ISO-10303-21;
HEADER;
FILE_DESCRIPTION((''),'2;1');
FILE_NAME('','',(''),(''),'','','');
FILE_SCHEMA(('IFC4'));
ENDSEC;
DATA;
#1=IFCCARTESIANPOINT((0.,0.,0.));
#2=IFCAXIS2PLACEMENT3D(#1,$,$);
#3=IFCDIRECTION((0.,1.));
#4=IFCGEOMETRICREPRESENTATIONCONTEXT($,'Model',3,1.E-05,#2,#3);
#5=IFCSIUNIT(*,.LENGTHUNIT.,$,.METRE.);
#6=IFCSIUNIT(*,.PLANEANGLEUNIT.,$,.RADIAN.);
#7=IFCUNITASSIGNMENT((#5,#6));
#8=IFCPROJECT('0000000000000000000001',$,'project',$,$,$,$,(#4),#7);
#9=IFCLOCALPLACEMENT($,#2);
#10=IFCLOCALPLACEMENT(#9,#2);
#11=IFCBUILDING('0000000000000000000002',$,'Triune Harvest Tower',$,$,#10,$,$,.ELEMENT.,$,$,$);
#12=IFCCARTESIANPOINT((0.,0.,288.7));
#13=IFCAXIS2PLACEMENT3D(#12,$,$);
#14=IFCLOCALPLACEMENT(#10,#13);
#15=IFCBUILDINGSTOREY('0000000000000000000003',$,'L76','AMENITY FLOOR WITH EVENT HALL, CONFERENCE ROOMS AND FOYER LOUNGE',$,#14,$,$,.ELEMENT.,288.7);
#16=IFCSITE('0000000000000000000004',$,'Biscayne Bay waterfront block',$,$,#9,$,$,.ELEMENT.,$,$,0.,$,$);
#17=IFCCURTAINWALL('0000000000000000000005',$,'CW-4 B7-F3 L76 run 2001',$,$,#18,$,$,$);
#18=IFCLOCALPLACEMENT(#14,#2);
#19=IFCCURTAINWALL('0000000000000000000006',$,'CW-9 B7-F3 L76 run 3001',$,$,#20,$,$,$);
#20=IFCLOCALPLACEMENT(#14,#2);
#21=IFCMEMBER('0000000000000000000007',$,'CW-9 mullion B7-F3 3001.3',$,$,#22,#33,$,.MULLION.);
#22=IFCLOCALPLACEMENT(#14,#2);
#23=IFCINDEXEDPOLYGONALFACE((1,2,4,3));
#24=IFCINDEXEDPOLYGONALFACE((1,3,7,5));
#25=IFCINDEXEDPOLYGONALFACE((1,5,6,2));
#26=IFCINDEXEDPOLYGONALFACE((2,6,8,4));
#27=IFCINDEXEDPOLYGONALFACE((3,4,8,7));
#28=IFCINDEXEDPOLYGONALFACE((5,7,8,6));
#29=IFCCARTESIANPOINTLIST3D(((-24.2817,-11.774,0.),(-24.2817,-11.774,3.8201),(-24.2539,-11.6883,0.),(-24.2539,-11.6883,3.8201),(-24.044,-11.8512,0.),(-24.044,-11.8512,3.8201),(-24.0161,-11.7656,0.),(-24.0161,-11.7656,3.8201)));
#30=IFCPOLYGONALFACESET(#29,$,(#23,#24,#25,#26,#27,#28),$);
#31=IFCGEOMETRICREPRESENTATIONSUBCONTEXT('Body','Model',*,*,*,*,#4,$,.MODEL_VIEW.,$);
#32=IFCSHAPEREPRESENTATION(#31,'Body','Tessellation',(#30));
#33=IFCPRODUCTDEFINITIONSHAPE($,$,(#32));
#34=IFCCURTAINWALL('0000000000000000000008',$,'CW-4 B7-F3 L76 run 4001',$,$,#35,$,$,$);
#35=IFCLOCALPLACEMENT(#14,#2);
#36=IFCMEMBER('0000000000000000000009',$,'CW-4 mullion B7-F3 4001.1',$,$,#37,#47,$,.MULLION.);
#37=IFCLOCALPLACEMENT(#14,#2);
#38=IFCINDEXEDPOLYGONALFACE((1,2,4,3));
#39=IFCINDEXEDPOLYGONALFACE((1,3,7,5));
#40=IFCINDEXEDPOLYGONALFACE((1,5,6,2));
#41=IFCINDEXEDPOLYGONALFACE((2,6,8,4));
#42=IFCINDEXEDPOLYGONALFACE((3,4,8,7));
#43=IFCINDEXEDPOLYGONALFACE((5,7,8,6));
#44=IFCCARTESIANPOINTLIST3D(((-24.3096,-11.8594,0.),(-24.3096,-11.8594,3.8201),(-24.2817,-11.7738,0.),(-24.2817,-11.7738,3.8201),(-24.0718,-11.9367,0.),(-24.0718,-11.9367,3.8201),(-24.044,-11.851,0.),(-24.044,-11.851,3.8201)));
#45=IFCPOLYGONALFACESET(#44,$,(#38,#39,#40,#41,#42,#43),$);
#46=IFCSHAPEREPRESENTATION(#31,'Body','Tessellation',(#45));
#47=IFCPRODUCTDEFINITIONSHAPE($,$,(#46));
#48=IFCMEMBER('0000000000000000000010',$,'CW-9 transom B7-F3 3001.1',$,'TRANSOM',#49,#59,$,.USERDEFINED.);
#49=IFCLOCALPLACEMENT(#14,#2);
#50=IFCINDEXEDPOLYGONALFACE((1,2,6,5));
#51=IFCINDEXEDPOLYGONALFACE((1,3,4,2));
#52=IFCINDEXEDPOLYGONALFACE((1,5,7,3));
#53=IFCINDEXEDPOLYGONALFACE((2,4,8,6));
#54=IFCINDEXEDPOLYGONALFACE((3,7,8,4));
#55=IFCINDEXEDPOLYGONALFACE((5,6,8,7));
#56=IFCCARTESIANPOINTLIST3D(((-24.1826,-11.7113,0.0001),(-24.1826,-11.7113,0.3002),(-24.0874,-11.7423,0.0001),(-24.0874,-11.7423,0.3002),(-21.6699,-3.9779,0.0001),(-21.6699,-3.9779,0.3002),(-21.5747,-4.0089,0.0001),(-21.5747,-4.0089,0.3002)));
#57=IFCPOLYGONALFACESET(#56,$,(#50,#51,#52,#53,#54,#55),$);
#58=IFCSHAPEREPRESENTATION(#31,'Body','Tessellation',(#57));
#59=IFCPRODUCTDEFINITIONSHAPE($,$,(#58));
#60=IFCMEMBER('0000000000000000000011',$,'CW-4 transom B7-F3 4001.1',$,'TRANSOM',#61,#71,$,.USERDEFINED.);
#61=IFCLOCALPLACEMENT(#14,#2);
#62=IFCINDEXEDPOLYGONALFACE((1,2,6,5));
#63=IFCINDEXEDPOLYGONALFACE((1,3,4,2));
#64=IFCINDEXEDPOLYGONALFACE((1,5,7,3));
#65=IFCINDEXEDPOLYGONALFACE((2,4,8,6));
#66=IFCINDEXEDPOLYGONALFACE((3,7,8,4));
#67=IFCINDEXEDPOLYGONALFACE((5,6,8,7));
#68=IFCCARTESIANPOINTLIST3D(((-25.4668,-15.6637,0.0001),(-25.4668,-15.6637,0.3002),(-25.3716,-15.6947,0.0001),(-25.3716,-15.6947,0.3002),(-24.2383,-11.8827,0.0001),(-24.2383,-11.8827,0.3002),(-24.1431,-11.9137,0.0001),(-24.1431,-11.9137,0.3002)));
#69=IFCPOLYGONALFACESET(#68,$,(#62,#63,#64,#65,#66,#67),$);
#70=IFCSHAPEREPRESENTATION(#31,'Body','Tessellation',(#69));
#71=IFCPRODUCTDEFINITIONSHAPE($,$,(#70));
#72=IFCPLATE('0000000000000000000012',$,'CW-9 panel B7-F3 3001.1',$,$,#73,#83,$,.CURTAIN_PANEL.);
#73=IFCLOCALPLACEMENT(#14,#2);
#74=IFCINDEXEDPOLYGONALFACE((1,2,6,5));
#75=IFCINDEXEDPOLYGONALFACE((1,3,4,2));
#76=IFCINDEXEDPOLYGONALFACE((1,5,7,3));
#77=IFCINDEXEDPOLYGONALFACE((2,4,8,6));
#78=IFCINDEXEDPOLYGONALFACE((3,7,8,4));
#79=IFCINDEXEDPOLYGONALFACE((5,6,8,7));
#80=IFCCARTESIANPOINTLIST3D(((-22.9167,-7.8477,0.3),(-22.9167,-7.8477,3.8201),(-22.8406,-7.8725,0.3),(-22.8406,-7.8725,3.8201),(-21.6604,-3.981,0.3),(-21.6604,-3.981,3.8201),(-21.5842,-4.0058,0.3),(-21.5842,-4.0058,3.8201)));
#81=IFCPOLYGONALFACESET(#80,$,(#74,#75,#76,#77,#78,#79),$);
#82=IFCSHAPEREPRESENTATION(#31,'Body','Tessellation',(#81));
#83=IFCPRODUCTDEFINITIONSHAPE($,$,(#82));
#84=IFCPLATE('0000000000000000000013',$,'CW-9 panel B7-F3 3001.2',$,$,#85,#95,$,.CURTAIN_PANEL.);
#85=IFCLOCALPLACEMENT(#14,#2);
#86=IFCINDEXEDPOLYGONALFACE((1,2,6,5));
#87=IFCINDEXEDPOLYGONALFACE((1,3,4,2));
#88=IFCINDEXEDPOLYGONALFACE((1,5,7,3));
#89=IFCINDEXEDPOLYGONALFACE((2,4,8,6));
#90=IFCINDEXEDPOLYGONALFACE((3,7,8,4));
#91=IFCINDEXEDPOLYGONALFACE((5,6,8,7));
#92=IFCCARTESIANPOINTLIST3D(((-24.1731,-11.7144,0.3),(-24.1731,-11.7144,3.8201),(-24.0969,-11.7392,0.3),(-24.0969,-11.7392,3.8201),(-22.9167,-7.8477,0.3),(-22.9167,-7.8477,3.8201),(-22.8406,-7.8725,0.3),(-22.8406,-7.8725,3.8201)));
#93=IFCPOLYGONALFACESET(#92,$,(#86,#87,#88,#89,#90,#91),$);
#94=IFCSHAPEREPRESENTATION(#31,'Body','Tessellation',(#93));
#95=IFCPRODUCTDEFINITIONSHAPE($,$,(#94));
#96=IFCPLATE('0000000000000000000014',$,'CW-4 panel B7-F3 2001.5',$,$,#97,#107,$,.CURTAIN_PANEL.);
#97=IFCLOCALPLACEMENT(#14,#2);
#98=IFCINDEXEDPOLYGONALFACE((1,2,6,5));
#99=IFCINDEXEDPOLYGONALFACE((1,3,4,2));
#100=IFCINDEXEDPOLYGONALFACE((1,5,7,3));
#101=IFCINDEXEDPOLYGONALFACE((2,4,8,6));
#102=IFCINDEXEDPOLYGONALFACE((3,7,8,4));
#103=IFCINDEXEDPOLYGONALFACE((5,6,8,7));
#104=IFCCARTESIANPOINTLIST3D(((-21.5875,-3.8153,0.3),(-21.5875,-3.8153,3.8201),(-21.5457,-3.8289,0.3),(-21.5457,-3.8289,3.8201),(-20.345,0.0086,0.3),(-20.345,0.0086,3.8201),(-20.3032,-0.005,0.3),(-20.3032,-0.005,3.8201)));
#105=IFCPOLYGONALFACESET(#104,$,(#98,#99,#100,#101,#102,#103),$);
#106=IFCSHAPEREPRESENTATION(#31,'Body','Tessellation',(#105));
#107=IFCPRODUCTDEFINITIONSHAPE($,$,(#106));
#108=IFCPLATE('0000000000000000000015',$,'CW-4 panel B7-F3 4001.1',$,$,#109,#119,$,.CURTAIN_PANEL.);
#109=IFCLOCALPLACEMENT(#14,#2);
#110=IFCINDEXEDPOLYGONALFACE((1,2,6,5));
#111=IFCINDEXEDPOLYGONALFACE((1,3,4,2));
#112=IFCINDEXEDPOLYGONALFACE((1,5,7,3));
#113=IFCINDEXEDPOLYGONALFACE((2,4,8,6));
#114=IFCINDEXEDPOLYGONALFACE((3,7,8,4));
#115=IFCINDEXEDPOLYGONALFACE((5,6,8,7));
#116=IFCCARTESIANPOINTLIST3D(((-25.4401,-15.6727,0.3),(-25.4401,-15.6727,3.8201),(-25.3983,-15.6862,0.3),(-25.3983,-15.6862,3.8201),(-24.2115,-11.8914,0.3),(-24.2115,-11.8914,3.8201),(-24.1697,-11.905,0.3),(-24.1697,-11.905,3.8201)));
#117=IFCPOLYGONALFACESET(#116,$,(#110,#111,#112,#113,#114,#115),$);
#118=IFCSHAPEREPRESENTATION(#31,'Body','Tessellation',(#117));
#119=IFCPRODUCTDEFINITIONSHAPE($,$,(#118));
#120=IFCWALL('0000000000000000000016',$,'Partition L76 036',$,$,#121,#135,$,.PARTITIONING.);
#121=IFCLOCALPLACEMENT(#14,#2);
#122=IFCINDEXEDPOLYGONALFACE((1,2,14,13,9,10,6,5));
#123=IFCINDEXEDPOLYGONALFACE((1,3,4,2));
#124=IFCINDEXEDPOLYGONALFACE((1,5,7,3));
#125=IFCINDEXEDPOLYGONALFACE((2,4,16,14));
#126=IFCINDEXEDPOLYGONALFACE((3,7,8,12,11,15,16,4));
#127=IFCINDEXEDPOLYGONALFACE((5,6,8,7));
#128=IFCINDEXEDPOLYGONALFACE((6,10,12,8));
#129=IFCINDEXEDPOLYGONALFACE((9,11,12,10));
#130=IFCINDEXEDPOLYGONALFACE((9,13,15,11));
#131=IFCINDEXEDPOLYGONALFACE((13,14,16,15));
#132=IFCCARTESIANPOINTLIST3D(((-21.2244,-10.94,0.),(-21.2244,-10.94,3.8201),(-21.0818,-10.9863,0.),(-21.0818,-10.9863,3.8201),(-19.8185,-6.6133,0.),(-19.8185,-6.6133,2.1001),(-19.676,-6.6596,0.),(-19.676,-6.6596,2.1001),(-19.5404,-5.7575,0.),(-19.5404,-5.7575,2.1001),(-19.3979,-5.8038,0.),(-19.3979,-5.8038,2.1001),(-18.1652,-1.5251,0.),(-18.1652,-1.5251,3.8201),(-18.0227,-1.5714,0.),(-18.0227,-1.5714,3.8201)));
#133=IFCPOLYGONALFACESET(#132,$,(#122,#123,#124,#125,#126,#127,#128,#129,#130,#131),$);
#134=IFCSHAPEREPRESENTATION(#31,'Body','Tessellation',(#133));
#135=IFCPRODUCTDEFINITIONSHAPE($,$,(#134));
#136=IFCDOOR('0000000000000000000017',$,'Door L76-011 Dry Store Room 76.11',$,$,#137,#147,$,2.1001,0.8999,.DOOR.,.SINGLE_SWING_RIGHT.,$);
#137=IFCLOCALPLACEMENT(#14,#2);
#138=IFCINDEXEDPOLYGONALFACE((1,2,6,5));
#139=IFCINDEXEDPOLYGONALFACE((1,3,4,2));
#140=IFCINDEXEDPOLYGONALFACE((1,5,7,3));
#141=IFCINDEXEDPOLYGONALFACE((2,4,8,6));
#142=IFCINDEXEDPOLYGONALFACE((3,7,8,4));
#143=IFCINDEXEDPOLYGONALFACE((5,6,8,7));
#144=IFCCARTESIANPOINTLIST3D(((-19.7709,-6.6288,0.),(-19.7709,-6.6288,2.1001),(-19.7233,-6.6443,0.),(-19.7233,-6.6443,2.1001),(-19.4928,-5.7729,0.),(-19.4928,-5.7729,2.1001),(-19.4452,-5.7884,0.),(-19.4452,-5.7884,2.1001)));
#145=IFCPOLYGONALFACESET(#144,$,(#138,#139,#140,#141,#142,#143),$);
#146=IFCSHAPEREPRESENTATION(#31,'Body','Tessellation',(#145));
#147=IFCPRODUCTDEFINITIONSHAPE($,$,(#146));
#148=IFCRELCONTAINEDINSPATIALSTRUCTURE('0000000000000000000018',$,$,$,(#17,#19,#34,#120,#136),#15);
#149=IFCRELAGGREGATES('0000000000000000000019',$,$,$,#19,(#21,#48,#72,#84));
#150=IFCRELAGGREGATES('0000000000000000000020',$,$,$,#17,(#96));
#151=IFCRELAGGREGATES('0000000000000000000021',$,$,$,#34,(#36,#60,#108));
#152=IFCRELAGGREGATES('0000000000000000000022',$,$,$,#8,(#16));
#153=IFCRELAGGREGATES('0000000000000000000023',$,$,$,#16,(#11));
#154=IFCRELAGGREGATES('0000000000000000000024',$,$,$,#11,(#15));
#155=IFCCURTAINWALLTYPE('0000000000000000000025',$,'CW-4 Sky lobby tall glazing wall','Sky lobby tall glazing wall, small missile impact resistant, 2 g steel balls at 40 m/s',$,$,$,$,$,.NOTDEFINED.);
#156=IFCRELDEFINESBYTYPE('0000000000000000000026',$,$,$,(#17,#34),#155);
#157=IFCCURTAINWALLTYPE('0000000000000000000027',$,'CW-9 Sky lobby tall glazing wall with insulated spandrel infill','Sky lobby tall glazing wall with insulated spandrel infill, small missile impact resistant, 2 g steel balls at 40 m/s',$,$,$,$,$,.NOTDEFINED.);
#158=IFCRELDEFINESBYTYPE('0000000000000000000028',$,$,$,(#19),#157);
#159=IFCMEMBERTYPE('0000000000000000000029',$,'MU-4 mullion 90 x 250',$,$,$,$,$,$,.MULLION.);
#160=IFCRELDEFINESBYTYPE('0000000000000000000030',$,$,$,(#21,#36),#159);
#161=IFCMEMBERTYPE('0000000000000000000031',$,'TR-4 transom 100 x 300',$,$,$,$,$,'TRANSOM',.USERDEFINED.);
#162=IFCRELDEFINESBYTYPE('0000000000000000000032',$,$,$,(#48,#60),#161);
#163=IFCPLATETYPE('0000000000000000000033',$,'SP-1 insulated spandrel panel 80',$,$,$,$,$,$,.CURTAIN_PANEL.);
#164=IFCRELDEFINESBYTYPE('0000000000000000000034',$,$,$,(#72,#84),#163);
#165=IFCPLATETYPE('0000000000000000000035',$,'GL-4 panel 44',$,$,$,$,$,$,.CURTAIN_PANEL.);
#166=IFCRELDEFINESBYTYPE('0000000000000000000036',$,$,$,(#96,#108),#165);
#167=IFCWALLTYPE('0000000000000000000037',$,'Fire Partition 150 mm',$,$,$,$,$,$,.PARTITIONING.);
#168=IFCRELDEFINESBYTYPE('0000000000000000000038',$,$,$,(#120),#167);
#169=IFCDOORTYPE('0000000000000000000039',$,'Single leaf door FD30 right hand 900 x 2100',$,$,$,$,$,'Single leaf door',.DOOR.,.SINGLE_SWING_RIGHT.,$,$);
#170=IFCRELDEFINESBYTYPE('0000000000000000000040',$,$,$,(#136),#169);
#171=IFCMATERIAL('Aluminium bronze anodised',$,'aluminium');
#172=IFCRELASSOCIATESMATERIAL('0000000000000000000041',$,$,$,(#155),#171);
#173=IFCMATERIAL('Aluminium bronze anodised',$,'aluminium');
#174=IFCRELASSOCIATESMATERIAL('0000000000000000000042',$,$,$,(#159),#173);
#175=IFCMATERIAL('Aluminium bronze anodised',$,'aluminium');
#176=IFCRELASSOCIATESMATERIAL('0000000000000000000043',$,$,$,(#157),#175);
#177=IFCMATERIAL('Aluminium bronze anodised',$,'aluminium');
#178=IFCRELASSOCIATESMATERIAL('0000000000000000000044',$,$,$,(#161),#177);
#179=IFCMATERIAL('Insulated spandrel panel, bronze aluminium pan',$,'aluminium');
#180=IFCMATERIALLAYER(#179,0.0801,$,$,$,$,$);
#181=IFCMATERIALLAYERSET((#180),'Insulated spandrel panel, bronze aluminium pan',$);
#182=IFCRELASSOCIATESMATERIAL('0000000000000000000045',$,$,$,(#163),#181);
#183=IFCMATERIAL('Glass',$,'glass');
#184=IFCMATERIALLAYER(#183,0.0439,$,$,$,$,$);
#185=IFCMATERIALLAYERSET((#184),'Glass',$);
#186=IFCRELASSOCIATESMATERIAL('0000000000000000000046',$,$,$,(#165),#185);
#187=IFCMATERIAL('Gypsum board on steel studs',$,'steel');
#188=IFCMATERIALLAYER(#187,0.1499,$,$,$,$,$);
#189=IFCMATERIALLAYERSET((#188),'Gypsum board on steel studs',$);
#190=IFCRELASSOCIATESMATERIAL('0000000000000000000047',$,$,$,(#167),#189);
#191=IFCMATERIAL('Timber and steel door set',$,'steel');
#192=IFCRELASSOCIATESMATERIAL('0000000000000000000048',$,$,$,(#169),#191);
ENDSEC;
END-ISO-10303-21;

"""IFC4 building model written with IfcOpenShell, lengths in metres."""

from ifc_helpers import new_model, si_unit, direction, frame, frame_2d, origin, origin_2d, place, context, subcontext, project, spatial, rectangle, extrude, source, transform, mapped, material, layer, layer_set, material_profile, profile_set, type_object, element, fill, aggregate, save


model = new_model("IFC4")

# Units and contexts
model_context = context("Model", 3, precision=1e-05, world=origin(), true_north=direction((0.0, 1.0)))
body_context = subcontext(model_context, "Body", "Model", "MODEL_VIEW")
ifc_project = project(units=[si_unit("LENGTHUNIT", "METRE"), si_unit("PLANEANGLEUNIT", "RADIAN")], contexts=[model_context])

# Site, building, storey
site_placement = place(None, origin())
site = spatial("IfcSite", under=ifc_project, at=site_placement, Name="Biscayne Bay waterfront block", CompositionType="ELEMENT", RefElevation=0.0)
building_placement = place(site_placement, origin())
building = spatial("IfcBuilding", under=site, at=building_placement, Name="Triune Harvest Tower", CompositionType="ELEMENT")
storey_placement = place(building_placement, frame((0.0, 0.0, 288.7)))
storey = spatial("IfcBuildingStorey", under=building, at=storey_placement, Name="L76", Description="AMENITY FLOOR WITH EVENT HALL, CONFERENCE ROOMS AND FOYER LOUNGE", CompositionType="ELEMENT", Elevation=288.7)

# Curtain wall
ifc_material_1 = material(Name="Aluminium bronze anodised", Category="aluminium")
curtain_wall_type_1 = type_object("IfcCurtainWallType", Name="CW-4 Sky lobby tall glazing wall", Description="Sky lobby tall glazing wall, small missile impact resistant, 2 g steel balls at 40 m/s", PredefinedType="NOTDEFINED", material=ifc_material_1)
curtain_wall_1_placement = place(storey_placement, origin())
curtain_wall_1 = element("IfcCurtainWall", 1, at=curtain_wall_1_placement, inside=storey, type_object=curtain_wall_type_1, Name="CW-4 B7-F3 L76 run 2001")
ifc_material_2 = material(Name="Aluminium bronze anodised", Category="aluminium")
ifc_material_profile_1 = material_profile(ifc_material_2, rectangle(XDim=0.25, YDim=0.0901, at=origin_2d()), Name="MU-4 mullion 90 x 250")
ifc_profile_set_1 = profile_set([ifc_material_profile_1], Name="Aluminium bronze anodised")
member_type_1 = type_object("IfcMemberType", Name="MU-4 mullion 90 x 250", PredefinedType="MULLION", material=ifc_profile_set_1)
shared_shape_1 = source(origin(), body_context, "Body", "SweptSolid", [
    extrude(rectangle(XDim=0.25, YDim=0.0901, at=origin_2d()), origin(), (0.0, 0.0, 1.0), 3.8201),
])

# Curtain wall, member
ifc_material_3 = material(Name="Aluminium bronze anodised", Category="aluminium")
curtain_wall_type_2 = type_object("IfcCurtainWallType", Name="CW-9 Sky lobby tall glazing wall with insulated spandrel infill", Description="Sky lobby tall glazing wall with insulated spandrel infill, small missile impact resistant, 2 g steel balls at 40 m/s", PredefinedType="NOTDEFINED", material=ifc_material_3)
curtain_wall_2_placement = place(storey_placement, origin())
curtain_wall_2 = element("IfcCurtainWall", 2, at=curtain_wall_2_placement, inside=storey, type_object=curtain_wall_type_2, Name="CW-9 B7-F3 L76 run 3001")
member_1_placement = place(storey_placement, frame((-24.1489, -11.7698, 0.0), z_axis=(0.0, 0.0, 1.0), x_axis=(0.951057, -0.309014, 0.0)))
member_1 = element("IfcMember", 3, at=member_1_placement, type_object=member_type_1, Name="CW-9 mullion B7-F3 3001.3", PredefinedType="MULLION", context=body_context, shape_type="MappedRepresentation", body=[
    mapped(shared_shape_1, transform((0.0, 0.0, 0.0), scale=1.0)),
])

# Curtain wall, member
curtain_wall_3_placement = place(storey_placement, origin())
curtain_wall_3 = element("IfcCurtainWall", 4, at=curtain_wall_3_placement, inside=storey, type_object=curtain_wall_type_1, Name="CW-4 B7-F3 L76 run 4001")
member_2_placement = place(storey_placement, frame((-24.1768, -11.8552, 0.0), z_axis=(0.0, 0.0, 1.0), x_axis=(0.951058, -0.309011, 0.0)))
member_2 = element("IfcMember", 5, at=member_2_placement, type_object=member_type_1, Name="CW-4 mullion B7-F3 4001.1", PredefinedType="MULLION", context=body_context, shape_type="MappedRepresentation", body=[
    mapped(shared_shape_1, transform((0.0, 0.0, 0.0), scale=1.0)),
])

# Members
ifc_material_4 = material(Name="Aluminium bronze anodised", Category="aluminium")
ifc_material_profile_2 = material_profile(ifc_material_4, rectangle(XDim=0.1001, YDim=0.3, at=origin_2d()), Name="TR-4 transom 100 x 300")
ifc_profile_set_2 = profile_set([ifc_material_profile_2], Name="Aluminium bronze anodised")
member_type_2 = type_object("IfcMemberType", Name="TR-4 transom 100 x 300", ElementType="TRANSOM", PredefinedType="USERDEFINED", material=ifc_profile_set_2)
shared_shape_2 = source(origin(), body_context, "Body", "SweptSolid", [
    extrude(rectangle(XDim=0.1001, YDim=0.3, at=origin_2d()), origin(), (0.0, 0.0, 1.0), 8.1313),
])
member_3_placement = place(storey_placement, frame((-21.6223, -3.9934, 0.1501), z_axis=(-0.309013, -0.951058, 0.0), x_axis=(0.951058, -0.309013, 0.0)))
member_3 = element("IfcMember", 6, at=member_3_placement, type_object=member_type_2, Name="CW-9 transom B7-F3 3001.1", ObjectType="TRANSOM", PredefinedType="USERDEFINED", context=body_context, shape_type="MappedRepresentation", body=[
    mapped(shared_shape_2, transform((0.0, 0.0, 0.0), scale=1.0)),
])
shared_shape_3 = source(origin(), body_context, "Body", "SweptSolid", [
    extrude(rectangle(XDim=0.1001, YDim=0.3, at=origin_2d()), origin(), (0.0, 0.0, 1.0), 3.9756),
])
member_4_placement = place(storey_placement, frame((-24.1907, -11.8982, 0.1501), z_axis=(-0.309015, -0.951057, 0.0), x_axis=(0.951057, -0.309015, 0.0)))
member_4 = element("IfcMember", 7, at=member_4_placement, type_object=member_type_2, Name="CW-4 transom B7-F3 4001.1", ObjectType="TRANSOM", PredefinedType="USERDEFINED", context=body_context, shape_type="MappedRepresentation", body=[
    mapped(shared_shape_3, transform((0.0, 0.0, 0.0), scale=1.0)),
])

# Plates
ifc_material_5 = material(Name="Insulated spandrel panel, bronze aluminium pan", Category="aluminium")
ifc_layer_1 = layer(ifc_material_5, 0.0801)
ifc_layer_set_1 = layer_set([ifc_layer_1], Name="Insulated spandrel panel, bronze aluminium pan")
plate_type_1 = type_object("IfcPlateType", Name="SP-1 insulated spandrel panel 80", PredefinedType="CURTAIN_PANEL", material=ifc_layer_set_1)
shared_shape_4 = source(origin(), body_context, "Body", "SweptSolid", [
    extrude(rectangle(XDim=4.0657, YDim=0.0801, at=origin_2d()), origin(), (0.0, 0.0, 1.0), 3.52),
])
plate_1_placement = place(storey_placement, frame((-22.2505, -5.9268, 0.3), z_axis=(0.0, 0.0, 1.0), x_axis=(-0.309014, -0.951057, 0.0)))
plate_1 = element("IfcPlate", 8, at=plate_1_placement, type_object=plate_type_1, Name="CW-9 panel B7-F3 3001.1", PredefinedType="CURTAIN_PANEL", context=body_context, shape_type="MappedRepresentation", body=[
    mapped(shared_shape_4, transform((0.0, 0.0, 0.0), scale=1.0)),
])
plate_2_placement = place(storey_placement, frame((-23.5068, -9.7935, 0.3), z_axis=(0.0, 0.0, 1.0), x_axis=(-0.309014, -0.951057, 0.0)))
plate_2 = element("IfcPlate", 9, at=plate_2_placement, type_object=plate_type_1, Name="CW-9 panel B7-F3 3001.2", PredefinedType="CURTAIN_PANEL", context=body_context, shape_type="MappedRepresentation", body=[
    mapped(shared_shape_4, transform((0.0, 0.0, 0.0), scale=1.0)),
])
aggregate(curtain_wall_2, [member_1, member_3, plate_1, plate_2])
ifc_material_6 = material(Name="Glass", Category="glass")
ifc_layer_2 = layer(ifc_material_6, 0.0439)
ifc_layer_set_2 = layer_set([ifc_layer_2], Name="Glass")
plate_type_2 = type_object("IfcPlateType", Name="GL-4 panel 44", PredefinedType="CURTAIN_PANEL", material=ifc_layer_set_2)
shared_shape_5 = source(origin(), body_context, "Body", "SweptSolid", [
    extrude(rectangle(XDim=4.0208, YDim=0.0439, at=origin_2d()), origin(), (0.0, 0.0, 1.0), 3.52),
])
plate_3_placement = place(storey_placement, frame((-20.9453, -1.9102, 0.3), z_axis=(0.0, 0.0, 1.0), x_axis=(-0.30902, -0.951056, 0.0)))
plate_3 = element("IfcPlate", 10, at=plate_3_placement, type_object=plate_type_2, Name="CW-4 panel B7-F3 2001.5", PredefinedType="CURTAIN_PANEL", context=body_context, shape_type="MappedRepresentation", body=[
    mapped(shared_shape_5, transform((0.0, 0.0, 0.0), scale=1.0)),
])
aggregate(curtain_wall_1, [plate_3])
shared_shape_6 = source(origin(), body_context, "Body", "SweptSolid", [
    extrude(rectangle(XDim=3.9758, YDim=0.0439, at=origin_2d()), origin(), (0.0, 0.0, 1.0), 3.52),
])
plate_4_placement = place(storey_placement, frame((-24.8049, -13.7888, 0.3), z_axis=(0.0, 0.0, 1.0), x_axis=(-0.309011, -0.951058, 0.0)))
plate_4 = element("IfcPlate", 11, at=plate_4_placement, type_object=plate_type_2, Name="CW-4 panel B7-F3 4001.1", PredefinedType="CURTAIN_PANEL", context=body_context, shape_type="MappedRepresentation", body=[
    mapped(shared_shape_6, transform((0.0, 0.0, 0.0), scale=1.0)),
])
aggregate(curtain_wall_3, [member_2, member_4, plate_4])

# Wall, opening, door
ifc_material_7 = material(Name="Gypsum board on steel studs", Category="steel")
ifc_layer_3 = layer(ifc_material_7, 0.1499)
ifc_layer_set_3 = layer_set([ifc_layer_3], Name="Gypsum board on steel studs")
wall_type_1 = type_object("IfcWallType", Name="Fire Partition 150 mm", PredefinedType="PARTITIONING", material=ifc_layer_set_3)
wall_1_placement = place(storey_placement, frame((-21.1531, -10.9631, 0.0), z_axis=(0.0, 0.0, 1.0), x_axis=(0.30902, 0.951056, 0.0)))
wall_1 = element("IfcWall", 12, at=wall_1_placement, inside=storey, type_object=wall_type_1, Name="Partition L76 036", PredefinedType="PARTITIONING", context=body_context, shape_type="SweptSolid", body=[
    extrude(rectangle(XDim=9.8994, YDim=0.1499, at=frame_2d((4.9497, 0.0))), origin(), (0.0, 0.0, 1.0), 3.8201),
])
opening_1_placement = place(wall_1_placement, frame((4.5493, 0.0, 0.0)))
opening_1 = element("IfcOpeningElement", 13, at=opening_1_placement, cuts=wall_1, PredefinedType="OPENING", context=body_context, shape_type="SweptSolid", body=[
    extrude(rectangle(XDim=0.8999, YDim=2.1001, at=frame_2d((0.45, 1.05))), frame((0.0, 0.085, 0.0), z_axis=(0.0, -1.0, 0.0), x_axis=(1.0, 0.0, 0.0)), (0.0, 0.0, 1.0), 0.1699),
])
ifc_material_8 = material(Name="Timber and steel door set", Category="steel")
door_type_1 = type_object("IfcDoorType", Name="Single leaf door FD30 right hand 900 x 2100", ElementType="Single leaf door", OperationType="SINGLE_SWING_RIGHT", PredefinedType="DOOR", material=ifc_material_8)
door_1_placement = place(opening_1_placement, origin())
door_1 = element("IfcDoor", 14, at=door_1_placement, inside=storey, type_object=door_type_1, Name="Door L76-011 Dry Store Room 76.11", OperationType="SINGLE_SWING_RIGHT", OverallHeight=2.1001, OverallWidth=0.8999, PredefinedType="DOOR", context=body_context, shape_type="SweptSolid", body=[
    extrude(rectangle(XDim=0.8999, YDim=2.1001, at=frame_2d((0.45, 1.05))), frame((0.0, 0.0249, 0.0), z_axis=(0.0, -1.0, 0.0), x_axis=(1.0, 0.0, 0.0)), (0.0, 0.0, 1.0), 0.05),
])
fill(opening_1, door_1)

save(model, "model.ifc")
